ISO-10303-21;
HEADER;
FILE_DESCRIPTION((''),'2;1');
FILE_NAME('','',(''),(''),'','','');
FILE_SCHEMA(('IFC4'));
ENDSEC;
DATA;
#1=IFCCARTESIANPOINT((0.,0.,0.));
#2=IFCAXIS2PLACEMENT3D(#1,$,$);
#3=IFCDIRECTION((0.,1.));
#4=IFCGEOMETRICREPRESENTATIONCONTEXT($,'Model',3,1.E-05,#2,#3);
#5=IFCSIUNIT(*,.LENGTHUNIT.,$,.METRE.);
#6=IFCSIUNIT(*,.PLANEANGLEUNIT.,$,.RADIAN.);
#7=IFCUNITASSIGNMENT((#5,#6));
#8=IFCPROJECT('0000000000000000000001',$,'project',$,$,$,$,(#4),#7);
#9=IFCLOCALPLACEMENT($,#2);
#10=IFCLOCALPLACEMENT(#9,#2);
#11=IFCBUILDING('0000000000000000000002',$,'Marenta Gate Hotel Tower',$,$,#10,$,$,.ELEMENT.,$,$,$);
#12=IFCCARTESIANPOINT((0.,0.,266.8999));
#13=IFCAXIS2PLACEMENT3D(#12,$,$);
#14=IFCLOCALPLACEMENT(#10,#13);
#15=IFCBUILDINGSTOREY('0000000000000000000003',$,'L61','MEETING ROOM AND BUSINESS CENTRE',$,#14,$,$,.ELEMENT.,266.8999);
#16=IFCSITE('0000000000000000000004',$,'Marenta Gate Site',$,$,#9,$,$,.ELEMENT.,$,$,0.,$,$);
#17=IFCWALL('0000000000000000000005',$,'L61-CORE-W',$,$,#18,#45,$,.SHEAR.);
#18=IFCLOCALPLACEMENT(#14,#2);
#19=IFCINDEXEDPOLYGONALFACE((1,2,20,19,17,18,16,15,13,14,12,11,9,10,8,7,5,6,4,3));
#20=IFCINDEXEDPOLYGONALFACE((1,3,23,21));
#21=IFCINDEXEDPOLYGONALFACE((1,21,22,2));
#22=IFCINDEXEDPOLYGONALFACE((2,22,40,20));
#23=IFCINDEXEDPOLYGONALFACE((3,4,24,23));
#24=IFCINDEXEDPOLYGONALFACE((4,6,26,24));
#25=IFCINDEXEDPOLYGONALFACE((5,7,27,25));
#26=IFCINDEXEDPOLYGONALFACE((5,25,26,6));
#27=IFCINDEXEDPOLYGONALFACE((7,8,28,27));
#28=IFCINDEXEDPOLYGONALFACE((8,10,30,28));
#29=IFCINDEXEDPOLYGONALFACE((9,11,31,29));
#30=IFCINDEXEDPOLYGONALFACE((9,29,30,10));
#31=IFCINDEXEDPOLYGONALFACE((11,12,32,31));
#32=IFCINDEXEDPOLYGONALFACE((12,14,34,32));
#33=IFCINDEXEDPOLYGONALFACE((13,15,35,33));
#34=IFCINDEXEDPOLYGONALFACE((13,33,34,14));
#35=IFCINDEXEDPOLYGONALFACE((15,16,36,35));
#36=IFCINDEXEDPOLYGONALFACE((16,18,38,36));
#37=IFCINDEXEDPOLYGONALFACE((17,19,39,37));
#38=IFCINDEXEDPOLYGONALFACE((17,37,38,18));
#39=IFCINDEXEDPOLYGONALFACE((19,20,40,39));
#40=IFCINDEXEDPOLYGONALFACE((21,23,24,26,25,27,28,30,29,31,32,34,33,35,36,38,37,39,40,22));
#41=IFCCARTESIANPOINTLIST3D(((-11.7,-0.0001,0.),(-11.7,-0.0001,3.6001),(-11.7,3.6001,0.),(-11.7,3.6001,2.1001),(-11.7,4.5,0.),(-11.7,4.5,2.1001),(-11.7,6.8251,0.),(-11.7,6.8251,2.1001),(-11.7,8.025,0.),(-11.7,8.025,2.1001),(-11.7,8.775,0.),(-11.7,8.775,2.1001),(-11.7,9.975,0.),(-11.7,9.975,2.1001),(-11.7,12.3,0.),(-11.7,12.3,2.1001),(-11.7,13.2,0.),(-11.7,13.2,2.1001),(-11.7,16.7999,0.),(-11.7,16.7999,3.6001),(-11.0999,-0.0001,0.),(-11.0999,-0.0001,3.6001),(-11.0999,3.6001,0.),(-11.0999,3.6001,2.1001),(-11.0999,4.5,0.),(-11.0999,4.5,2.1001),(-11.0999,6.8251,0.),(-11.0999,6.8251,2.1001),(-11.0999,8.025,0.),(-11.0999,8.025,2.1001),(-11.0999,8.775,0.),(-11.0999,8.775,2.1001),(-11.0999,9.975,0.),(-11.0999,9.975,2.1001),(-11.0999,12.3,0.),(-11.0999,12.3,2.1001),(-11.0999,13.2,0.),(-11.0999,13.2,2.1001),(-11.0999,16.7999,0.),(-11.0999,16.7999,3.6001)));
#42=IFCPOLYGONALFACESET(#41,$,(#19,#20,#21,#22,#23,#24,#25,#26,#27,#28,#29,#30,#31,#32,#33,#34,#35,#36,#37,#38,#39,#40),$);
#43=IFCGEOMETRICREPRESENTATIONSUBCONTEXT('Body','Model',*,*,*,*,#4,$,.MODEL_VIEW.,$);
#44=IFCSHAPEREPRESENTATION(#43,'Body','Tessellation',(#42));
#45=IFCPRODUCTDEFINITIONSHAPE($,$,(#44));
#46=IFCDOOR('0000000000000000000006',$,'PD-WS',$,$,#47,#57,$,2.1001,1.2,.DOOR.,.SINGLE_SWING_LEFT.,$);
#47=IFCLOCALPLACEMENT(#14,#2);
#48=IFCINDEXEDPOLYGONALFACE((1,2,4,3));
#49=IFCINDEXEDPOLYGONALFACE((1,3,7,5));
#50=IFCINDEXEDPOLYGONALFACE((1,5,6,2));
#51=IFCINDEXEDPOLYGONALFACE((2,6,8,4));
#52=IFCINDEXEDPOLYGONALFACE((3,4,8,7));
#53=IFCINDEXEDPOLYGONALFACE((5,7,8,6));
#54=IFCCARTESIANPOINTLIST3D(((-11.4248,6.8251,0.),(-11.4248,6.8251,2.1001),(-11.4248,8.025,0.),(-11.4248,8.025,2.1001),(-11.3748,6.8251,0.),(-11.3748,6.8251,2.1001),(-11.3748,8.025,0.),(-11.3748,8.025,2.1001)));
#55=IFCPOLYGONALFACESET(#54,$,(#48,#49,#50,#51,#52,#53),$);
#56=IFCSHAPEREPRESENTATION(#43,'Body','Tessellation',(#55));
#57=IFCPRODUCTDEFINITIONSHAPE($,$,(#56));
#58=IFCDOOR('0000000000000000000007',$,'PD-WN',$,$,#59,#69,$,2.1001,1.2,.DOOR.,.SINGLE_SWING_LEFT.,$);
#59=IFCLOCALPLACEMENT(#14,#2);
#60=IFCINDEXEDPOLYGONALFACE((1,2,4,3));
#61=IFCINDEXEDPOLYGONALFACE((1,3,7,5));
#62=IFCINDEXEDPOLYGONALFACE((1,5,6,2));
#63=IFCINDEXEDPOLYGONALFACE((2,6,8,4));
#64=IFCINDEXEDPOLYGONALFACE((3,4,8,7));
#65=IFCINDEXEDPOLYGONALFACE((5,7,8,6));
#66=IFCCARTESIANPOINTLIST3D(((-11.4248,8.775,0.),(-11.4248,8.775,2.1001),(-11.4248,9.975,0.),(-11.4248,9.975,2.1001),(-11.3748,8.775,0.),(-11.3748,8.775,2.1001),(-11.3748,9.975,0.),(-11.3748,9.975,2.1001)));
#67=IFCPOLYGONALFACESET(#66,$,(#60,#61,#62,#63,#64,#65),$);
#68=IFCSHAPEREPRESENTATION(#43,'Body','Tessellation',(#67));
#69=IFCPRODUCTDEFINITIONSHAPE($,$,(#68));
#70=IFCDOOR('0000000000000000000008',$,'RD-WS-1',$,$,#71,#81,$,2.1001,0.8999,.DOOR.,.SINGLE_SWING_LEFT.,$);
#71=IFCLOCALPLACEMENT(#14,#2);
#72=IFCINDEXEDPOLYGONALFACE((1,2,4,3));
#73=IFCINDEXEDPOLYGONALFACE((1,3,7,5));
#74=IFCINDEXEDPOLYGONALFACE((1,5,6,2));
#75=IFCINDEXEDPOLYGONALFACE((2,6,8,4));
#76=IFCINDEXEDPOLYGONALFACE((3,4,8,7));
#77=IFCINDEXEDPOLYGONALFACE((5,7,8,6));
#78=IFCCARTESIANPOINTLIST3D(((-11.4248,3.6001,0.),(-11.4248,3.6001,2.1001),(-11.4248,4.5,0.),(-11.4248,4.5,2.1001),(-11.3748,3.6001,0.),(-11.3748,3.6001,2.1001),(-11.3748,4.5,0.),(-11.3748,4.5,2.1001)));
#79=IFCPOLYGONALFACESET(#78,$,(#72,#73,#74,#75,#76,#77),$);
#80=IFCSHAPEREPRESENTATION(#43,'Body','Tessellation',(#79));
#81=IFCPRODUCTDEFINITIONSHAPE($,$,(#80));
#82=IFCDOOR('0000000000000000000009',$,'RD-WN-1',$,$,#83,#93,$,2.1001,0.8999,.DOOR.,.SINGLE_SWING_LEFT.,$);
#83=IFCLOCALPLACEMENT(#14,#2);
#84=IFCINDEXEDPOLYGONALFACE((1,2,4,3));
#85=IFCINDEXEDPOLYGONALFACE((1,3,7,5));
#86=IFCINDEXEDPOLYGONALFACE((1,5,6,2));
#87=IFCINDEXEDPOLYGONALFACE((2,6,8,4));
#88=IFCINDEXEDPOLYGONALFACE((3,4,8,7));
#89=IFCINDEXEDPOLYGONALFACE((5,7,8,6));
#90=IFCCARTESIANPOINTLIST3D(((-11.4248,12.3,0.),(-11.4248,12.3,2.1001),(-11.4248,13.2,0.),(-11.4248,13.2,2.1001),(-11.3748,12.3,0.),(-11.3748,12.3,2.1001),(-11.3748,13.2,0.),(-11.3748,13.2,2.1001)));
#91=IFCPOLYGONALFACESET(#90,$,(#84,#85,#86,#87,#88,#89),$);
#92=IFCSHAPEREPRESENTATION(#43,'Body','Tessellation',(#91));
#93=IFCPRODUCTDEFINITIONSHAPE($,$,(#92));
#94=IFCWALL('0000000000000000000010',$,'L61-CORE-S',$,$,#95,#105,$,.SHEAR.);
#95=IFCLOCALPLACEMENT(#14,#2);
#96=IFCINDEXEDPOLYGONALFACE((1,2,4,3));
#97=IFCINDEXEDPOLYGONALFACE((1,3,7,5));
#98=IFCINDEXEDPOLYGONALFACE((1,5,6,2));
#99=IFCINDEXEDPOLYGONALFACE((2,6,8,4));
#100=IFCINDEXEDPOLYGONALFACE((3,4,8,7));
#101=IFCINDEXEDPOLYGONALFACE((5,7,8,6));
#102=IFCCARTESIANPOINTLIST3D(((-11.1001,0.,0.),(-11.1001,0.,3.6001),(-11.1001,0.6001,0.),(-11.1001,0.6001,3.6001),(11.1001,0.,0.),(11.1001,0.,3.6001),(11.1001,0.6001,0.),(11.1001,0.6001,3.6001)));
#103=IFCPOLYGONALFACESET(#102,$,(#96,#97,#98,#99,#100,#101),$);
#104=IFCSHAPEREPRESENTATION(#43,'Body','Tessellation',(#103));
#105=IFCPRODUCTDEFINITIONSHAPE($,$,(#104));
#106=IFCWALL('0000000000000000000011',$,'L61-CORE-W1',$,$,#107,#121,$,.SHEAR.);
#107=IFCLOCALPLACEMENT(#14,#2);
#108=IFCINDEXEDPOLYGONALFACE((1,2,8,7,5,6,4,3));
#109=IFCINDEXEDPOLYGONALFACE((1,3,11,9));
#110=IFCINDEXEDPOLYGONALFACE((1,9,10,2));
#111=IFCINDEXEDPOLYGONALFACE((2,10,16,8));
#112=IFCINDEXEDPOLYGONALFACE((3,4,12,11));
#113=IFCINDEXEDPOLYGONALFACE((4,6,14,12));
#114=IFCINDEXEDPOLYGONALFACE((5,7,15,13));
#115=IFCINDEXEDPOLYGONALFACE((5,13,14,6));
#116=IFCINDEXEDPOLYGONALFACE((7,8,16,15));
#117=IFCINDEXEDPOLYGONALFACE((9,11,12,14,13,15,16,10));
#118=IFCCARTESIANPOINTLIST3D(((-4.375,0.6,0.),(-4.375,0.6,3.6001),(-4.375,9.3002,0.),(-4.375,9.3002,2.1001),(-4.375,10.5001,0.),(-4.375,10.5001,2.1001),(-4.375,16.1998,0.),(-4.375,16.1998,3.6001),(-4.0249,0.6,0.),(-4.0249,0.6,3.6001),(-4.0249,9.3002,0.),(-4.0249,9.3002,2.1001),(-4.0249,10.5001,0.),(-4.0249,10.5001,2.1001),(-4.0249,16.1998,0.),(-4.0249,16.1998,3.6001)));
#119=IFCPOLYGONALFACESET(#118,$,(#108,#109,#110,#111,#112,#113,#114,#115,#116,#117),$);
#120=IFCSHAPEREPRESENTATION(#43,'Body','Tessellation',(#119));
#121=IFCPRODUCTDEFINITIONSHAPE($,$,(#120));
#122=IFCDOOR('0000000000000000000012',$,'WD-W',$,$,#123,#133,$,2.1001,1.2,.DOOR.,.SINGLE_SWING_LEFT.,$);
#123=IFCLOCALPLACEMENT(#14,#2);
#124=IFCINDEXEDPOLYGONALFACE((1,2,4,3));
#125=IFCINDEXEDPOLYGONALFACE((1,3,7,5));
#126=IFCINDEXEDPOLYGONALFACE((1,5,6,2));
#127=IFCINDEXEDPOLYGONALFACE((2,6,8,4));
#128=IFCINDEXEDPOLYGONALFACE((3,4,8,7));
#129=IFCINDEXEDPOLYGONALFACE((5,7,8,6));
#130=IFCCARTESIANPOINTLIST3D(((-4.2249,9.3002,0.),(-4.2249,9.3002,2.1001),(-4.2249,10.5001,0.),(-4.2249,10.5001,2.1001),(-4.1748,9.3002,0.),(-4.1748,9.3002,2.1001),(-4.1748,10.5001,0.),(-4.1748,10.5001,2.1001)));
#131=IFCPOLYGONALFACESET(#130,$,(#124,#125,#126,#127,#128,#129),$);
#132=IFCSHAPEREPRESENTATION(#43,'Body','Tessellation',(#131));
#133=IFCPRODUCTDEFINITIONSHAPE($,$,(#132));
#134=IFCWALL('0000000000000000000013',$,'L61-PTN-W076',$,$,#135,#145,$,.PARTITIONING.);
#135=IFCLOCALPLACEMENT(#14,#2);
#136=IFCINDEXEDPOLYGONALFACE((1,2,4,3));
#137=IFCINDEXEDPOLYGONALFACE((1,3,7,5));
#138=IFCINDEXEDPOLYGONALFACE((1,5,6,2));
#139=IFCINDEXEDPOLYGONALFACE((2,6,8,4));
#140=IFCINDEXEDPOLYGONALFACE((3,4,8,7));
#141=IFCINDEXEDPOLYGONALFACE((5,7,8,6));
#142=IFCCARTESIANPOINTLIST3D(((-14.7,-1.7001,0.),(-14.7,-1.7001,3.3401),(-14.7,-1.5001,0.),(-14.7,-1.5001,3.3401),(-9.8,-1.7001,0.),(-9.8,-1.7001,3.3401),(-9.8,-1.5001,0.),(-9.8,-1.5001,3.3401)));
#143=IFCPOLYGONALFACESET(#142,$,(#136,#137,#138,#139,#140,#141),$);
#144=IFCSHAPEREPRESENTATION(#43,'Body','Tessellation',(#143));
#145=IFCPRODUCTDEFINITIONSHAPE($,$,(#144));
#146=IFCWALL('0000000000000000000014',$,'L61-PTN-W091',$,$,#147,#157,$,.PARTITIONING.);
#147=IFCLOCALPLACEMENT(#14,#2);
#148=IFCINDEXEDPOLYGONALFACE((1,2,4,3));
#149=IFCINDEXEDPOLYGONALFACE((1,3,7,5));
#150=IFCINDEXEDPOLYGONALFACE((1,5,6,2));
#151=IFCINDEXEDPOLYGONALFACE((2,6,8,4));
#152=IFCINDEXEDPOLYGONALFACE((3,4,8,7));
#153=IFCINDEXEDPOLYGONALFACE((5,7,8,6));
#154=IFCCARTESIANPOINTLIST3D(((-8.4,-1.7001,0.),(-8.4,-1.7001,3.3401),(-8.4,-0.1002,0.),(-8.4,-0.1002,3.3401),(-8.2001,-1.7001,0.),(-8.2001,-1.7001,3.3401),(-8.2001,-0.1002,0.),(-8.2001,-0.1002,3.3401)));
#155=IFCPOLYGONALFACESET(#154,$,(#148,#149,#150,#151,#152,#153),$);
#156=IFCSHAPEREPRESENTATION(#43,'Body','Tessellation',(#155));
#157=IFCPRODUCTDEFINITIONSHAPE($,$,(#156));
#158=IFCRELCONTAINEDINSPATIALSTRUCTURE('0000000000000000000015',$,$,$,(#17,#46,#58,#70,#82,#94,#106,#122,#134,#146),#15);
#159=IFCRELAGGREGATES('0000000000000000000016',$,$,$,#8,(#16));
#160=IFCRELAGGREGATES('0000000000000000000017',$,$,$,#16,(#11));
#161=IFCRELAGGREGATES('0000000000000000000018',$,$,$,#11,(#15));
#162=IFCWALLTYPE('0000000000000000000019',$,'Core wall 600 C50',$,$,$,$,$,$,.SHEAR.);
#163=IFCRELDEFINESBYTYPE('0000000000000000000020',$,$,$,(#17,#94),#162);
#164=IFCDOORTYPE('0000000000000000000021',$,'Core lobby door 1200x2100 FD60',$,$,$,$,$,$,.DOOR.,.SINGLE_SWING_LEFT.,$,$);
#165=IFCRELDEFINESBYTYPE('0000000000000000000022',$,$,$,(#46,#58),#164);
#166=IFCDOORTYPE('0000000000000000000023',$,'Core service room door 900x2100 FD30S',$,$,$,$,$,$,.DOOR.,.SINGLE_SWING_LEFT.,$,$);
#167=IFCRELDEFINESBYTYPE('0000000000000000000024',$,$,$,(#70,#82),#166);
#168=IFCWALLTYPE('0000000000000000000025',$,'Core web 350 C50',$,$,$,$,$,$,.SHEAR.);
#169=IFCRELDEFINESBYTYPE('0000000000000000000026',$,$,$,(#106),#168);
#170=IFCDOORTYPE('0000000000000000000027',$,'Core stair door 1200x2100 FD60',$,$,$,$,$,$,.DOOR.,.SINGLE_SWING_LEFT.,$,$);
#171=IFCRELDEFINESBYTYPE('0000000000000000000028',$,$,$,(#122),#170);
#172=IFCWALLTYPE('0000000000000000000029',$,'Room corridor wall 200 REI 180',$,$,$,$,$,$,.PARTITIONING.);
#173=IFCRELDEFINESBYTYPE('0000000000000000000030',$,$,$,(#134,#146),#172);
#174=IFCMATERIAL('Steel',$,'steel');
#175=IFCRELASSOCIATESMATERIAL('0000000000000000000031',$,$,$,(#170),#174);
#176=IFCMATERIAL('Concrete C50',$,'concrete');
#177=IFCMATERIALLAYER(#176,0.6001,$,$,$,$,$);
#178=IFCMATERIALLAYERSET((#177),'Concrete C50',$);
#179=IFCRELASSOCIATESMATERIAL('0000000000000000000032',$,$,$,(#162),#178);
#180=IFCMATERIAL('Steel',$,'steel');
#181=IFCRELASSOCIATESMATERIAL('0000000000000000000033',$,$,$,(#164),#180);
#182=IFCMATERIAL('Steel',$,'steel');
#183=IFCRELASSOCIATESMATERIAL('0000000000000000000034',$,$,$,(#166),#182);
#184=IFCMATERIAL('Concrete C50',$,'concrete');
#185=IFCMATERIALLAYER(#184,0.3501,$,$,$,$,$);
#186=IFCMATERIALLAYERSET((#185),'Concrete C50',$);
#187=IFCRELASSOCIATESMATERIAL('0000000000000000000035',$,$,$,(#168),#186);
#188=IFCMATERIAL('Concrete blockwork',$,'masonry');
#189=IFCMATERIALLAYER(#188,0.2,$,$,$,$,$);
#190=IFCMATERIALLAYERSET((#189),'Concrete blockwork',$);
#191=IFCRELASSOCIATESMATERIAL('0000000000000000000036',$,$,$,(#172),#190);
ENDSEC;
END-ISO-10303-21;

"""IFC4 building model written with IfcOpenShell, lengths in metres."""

from ifc_helpers import new_model, si_unit, direction, frame, frame_2d, origin, place, context, subcontext, project, spatial, rectangle, extrude, material, layer, layer_set, type_object, element, fill, save


model = new_model("IFC4")

# Units and contexts
model_context = context("Model", 3, precision=1e-05, world=origin(), true_north=direction((0.0, 1.0)))
body_context = subcontext(model_context, "Body", "Model", "MODEL_VIEW")
ifc_project = project(units=[si_unit("LENGTHUNIT", "METRE"), si_unit("PLANEANGLEUNIT", "RADIAN")], contexts=[model_context])

# Site, building, storey
site_placement = place(None, origin())
site = spatial("IfcSite", under=ifc_project, at=site_placement, Name="Marenta Gate Site", CompositionType="ELEMENT", RefElevation=0.0)
building_placement = place(site_placement, origin())
building = spatial("IfcBuilding", under=site, at=building_placement, Name="Marenta Gate Hotel Tower", CompositionType="ELEMENT")
storey_placement = place(building_placement, frame((0.0, 0.0, 266.8999)))
storey = spatial("IfcBuildingStorey", under=building, at=storey_placement, Name="L61", Description="MEETING ROOM AND BUSINESS CENTRE", CompositionType="ELEMENT", Elevation=266.8999)

# Shared definitions
ifc_material_1 = material(Name="Steel", Category="steel")
door_type_1 = type_object("IfcDoorType", Name="Core stair door 1200x2100 FD60", OperationType="SINGLE_SWING_LEFT", PredefinedType="DOOR", material=ifc_material_1)

# Wall, openings, doors
ifc_material_2 = material(Name="Concrete C50", Category="concrete")
ifc_layer_1 = layer(ifc_material_2, 0.6001)
ifc_layer_set_1 = layer_set([ifc_layer_1], Name="Concrete C50")
wall_type_1 = type_object("IfcWallType", Name="Core wall 600 C50", PredefinedType="SHEAR", material=ifc_layer_set_1)
wall_1_placement = place(storey_placement, frame((-11.3999, 0.0, 0.0), z_axis=(0.0, 0.0, 1.0), x_axis=(0.0, 1.0, 0.0)))
wall_1 = element("IfcWall", 1, at=wall_1_placement, inside=storey, type_object=wall_type_1, Name="L61-CORE-W", PredefinedType="SHEAR", context=body_context, shape_type="SweptSolid", body=[
    extrude(rectangle(XDim=16.8, YDim=0.6001, at=frame_2d((8.3999, 0.0))), origin(), (0.0, 0.0, 1.0), 3.6001),
])
opening_1_placement = place(wall_1_placement, frame((3.6001, 0.0, 0.0)))
opening_1 = element("IfcOpeningElement", 2, at=opening_1_placement, cuts=wall_1, PredefinedType="OPENING", context=body_context, shape_type="SweptSolid", body=[
    extrude(rectangle(XDim=0.8999, YDim=2.1001, at=frame_2d((0.45, 1.05))), frame((0.0, 0.3, 0.0), z_axis=(0.0, -1.0, 0.0), x_axis=(1.0, 0.0, 0.0)), (0.0, 0.0, 1.0), 0.6001),
])
opening_2_placement = place(wall_1_placement, frame((6.825, 0.0, 0.0)))
opening_2 = element("IfcOpeningElement", 3, at=opening_2_placement, cuts=wall_1, PredefinedType="OPENING", context=body_context, shape_type="SweptSolid", body=[
    extrude(rectangle(XDim=1.2, YDim=2.1001, at=frame_2d((0.6001, 1.05))), frame((0.0, 0.3, 0.0), z_axis=(0.0, -1.0, 0.0), x_axis=(1.0, 0.0, 0.0)), (0.0, 0.0, 1.0), 0.6001),
])
opening_3_placement = place(wall_1_placement, frame((12.3, 0.0, 0.0)))
opening_3 = element("IfcOpeningElement", 4, at=opening_3_placement, cuts=wall_1, PredefinedType="OPENING", context=body_context, shape_type="SweptSolid", body=[
    extrude(rectangle(XDim=0.8999, YDim=2.1001, at=frame_2d((0.45, 1.05))), frame((0.0, 0.3, 0.0), z_axis=(0.0, -1.0, 0.0), x_axis=(1.0, 0.0, 0.0)), (0.0, 0.0, 1.0), 0.6001),
])
opening_4_placement = place(wall_1_placement, frame((8.7749, 0.0, 0.0)))
opening_4 = element("IfcOpeningElement", 5, at=opening_4_placement, cuts=wall_1, PredefinedType="OPENING", context=body_context, shape_type="SweptSolid", body=[
    extrude(rectangle(XDim=1.2, YDim=2.1001, at=frame_2d((0.6001, 1.05))), frame((0.0, 0.3, 0.0), z_axis=(0.0, -1.0, 0.0), x_axis=(1.0, 0.0, 0.0)), (0.0, 0.0, 1.0), 0.6001),
])
ifc_material_3 = material(Name="Steel", Category="steel")
door_type_2 = type_object("IfcDoorType", Name="Core lobby door 1200x2100 FD60", OperationType="SINGLE_SWING_LEFT", PredefinedType="DOOR", material=ifc_material_3)
door_1_placement = place(opening_2_placement, origin())
door_1 = element("IfcDoor", 6, at=door_1_placement, inside=storey, type_object=door_type_2, Name="PD-WS", OperationType="SINGLE_SWING_LEFT", OverallHeight=2.1001, OverallWidth=1.2, PredefinedType="DOOR", context=body_context, shape_type="SweptSolid", body=[
    extrude(rectangle(XDim=1.2, YDim=2.1001, at=frame_2d((0.6001, 1.05))), frame((0.0, 0.0249, 0.0), z_axis=(0.0, -1.0, 0.0), x_axis=(1.0, 0.0, 0.0)), (0.0, 0.0, 1.0), 0.05),
])
fill(opening_2, door_1)
door_2_placement = place(opening_4_placement, origin())
door_2 = element("IfcDoor", 7, at=door_2_placement, inside=storey, type_object=door_type_2, Name="PD-WN", OperationType="SINGLE_SWING_LEFT", OverallHeight=2.1001, OverallWidth=1.2, PredefinedType="DOOR", context=body_context, shape_type="SweptSolid", body=[
    extrude(rectangle(XDim=1.2, YDim=2.1001, at=frame_2d((0.6001, 1.05))), frame((0.0, 0.0249, 0.0), z_axis=(0.0, -1.0, 0.0), x_axis=(1.0, 0.0, 0.0)), (0.0, 0.0, 1.0), 0.05),
])
fill(opening_4, door_2)
ifc_material_4 = material(Name="Steel", Category="steel")
door_type_3 = type_object("IfcDoorType", Name="Core service room door 900x2100 FD30S", OperationType="SINGLE_SWING_LEFT", PredefinedType="DOOR", material=ifc_material_4)
door_3_placement = place(opening_1_placement, origin())
door_3 = element("IfcDoor", 8, at=door_3_placement, inside=storey, type_object=door_type_3, Name="RD-WS-1", OperationType="SINGLE_SWING_LEFT", OverallHeight=2.1001, OverallWidth=0.8999, PredefinedType="DOOR", context=body_context, shape_type="SweptSolid", body=[
    extrude(rectangle(XDim=0.8999, YDim=2.1001, at=frame_2d((0.45, 1.05))), frame((0.0, 0.0249, 0.0), z_axis=(0.0, -1.0, 0.0), x_axis=(1.0, 0.0, 0.0)), (0.0, 0.0, 1.0), 0.05),
])
fill(opening_1, door_3)
door_4_placement = place(opening_3_placement, origin())
door_4 = element("IfcDoor", 9, at=door_4_placement, inside=storey, type_object=door_type_3, Name="RD-WN-1", OperationType="SINGLE_SWING_LEFT", OverallHeight=2.1001, OverallWidth=0.8999, PredefinedType="DOOR", context=body_context, shape_type="SweptSolid", body=[
    extrude(rectangle(XDim=0.8999, YDim=2.1001, at=frame_2d((0.45, 1.05))), frame((0.0, 0.0249, 0.0), z_axis=(0.0, -1.0, 0.0), x_axis=(1.0, 0.0, 0.0)), (0.0, 0.0, 1.0), 0.05),
])
fill(opening_3, door_4)

# Wall
wall_2_placement = place(storey_placement, frame((-11.1001, 0.3, 0.0), z_axis=(0.0, 0.0, 1.0), x_axis=(1.0, 0.0, 0.0)))
element("IfcWall", 10, at=wall_2_placement, inside=storey, type_object=wall_type_1, Name="L61-CORE-S", PredefinedType="SHEAR", context=body_context, shape_type="SweptSolid", body=[
    extrude(rectangle(XDim=22.2002, YDim=0.6001, at=frame_2d((11.1001, 0.0))), origin(), (0.0, 0.0, 1.0), 3.6001),
])

# Wall, opening, door
ifc_material_5 = material(Name="Concrete C50", Category="concrete")
ifc_layer_2 = layer(ifc_material_5, 0.3501)
ifc_layer_set_2 = layer_set([ifc_layer_2], Name="Concrete C50")
wall_type_2 = type_object("IfcWallType", Name="Core web 350 C50", PredefinedType="SHEAR", material=ifc_layer_set_2)
wall_3_placement = place(storey_placement, frame((-4.2, 0.6001, 0.0), z_axis=(0.0, 0.0, 1.0), x_axis=(0.0, 1.0, 0.0)))
wall_3 = element("IfcWall", 11, at=wall_3_placement, inside=storey, type_object=wall_type_2, Name="L61-CORE-W1", PredefinedType="SHEAR", context=body_context, shape_type="SweptSolid", body=[
    extrude(rectangle(XDim=15.5999, YDim=0.3501, at=frame_2d((7.7998, 0.0))), origin(), (0.0, 0.0, 1.0), 3.6001),
])
opening_5_placement = place(wall_3_placement, frame((8.7, 0.0, 0.0)))
opening_5 = element("IfcOpeningElement", 12, at=opening_5_placement, cuts=wall_3, PredefinedType="OPENING", context=body_context, shape_type="SweptSolid", body=[
    extrude(rectangle(XDim=1.2, YDim=2.1001, at=frame_2d((0.6001, 1.05))), frame((0.0, 0.175, 0.0), z_axis=(0.0, -1.0, 0.0), x_axis=(1.0, 0.0, 0.0)), (0.0, 0.0, 1.0), 0.3501),
])
door_5_placement = place(opening_5_placement, origin())
door_5 = element("IfcDoor", 13, at=door_5_placement, inside=storey, type_object=door_type_1, Name="WD-W", OperationType="SINGLE_SWING_LEFT", OverallHeight=2.1001, OverallWidth=1.2, PredefinedType="DOOR", context=body_context, shape_type="SweptSolid", body=[
    extrude(rectangle(XDim=1.2, YDim=2.1001, at=frame_2d((0.6001, 1.05))), frame((0.0, 0.0249, 0.0), z_axis=(0.0, -1.0, 0.0), x_axis=(1.0, 0.0, 0.0)), (0.0, 0.0, 1.0), 0.05),
])
fill(opening_5, door_5)

# Walls
ifc_material_6 = material(Name="Concrete blockwork", Category="masonry")
ifc_layer_3 = layer(ifc_material_6, 0.2)
ifc_layer_set_3 = layer_set([ifc_layer_3], Name="Concrete blockwork")
wall_type_3 = type_object("IfcWallType", Name="Room corridor wall 200 REI 180", PredefinedType="PARTITIONING", material=ifc_layer_set_3)
wall_4_placement = place(storey_placement, frame((-14.7, -1.6001, 0.0), z_axis=(0.0, 0.0, 1.0), x_axis=(1.0, 0.0, 0.0)))
element("IfcWall", 14, at=wall_4_placement, inside=storey, type_object=wall_type_3, Name="L61-PTN-W076", PredefinedType="PARTITIONING", context=body_context, shape_type="SweptSolid", body=[
    extrude(rectangle(XDim=4.8999, YDim=0.2, at=frame_2d((2.45, 0.0))), origin(), (0.0, 0.0, 1.0), 3.3401),
])
wall_5_placement = place(storey_placement, frame((-8.3, -1.7, 0.0), z_axis=(0.0, 0.0, 1.0), x_axis=(0.0, 1.0, 0.0)))
element("IfcWall", 15, at=wall_5_placement, inside=storey, type_object=wall_type_3, Name="L61-PTN-W091", PredefinedType="PARTITIONING", context=body_context, shape_type="SweptSolid", body=[
    extrude(rectangle(XDim=1.5999, YDim=0.2, at=frame_2d((0.7998, 0.0))), origin(), (0.0, 0.0, 1.0), 3.3401),
])

save(model, "model.ifc")
